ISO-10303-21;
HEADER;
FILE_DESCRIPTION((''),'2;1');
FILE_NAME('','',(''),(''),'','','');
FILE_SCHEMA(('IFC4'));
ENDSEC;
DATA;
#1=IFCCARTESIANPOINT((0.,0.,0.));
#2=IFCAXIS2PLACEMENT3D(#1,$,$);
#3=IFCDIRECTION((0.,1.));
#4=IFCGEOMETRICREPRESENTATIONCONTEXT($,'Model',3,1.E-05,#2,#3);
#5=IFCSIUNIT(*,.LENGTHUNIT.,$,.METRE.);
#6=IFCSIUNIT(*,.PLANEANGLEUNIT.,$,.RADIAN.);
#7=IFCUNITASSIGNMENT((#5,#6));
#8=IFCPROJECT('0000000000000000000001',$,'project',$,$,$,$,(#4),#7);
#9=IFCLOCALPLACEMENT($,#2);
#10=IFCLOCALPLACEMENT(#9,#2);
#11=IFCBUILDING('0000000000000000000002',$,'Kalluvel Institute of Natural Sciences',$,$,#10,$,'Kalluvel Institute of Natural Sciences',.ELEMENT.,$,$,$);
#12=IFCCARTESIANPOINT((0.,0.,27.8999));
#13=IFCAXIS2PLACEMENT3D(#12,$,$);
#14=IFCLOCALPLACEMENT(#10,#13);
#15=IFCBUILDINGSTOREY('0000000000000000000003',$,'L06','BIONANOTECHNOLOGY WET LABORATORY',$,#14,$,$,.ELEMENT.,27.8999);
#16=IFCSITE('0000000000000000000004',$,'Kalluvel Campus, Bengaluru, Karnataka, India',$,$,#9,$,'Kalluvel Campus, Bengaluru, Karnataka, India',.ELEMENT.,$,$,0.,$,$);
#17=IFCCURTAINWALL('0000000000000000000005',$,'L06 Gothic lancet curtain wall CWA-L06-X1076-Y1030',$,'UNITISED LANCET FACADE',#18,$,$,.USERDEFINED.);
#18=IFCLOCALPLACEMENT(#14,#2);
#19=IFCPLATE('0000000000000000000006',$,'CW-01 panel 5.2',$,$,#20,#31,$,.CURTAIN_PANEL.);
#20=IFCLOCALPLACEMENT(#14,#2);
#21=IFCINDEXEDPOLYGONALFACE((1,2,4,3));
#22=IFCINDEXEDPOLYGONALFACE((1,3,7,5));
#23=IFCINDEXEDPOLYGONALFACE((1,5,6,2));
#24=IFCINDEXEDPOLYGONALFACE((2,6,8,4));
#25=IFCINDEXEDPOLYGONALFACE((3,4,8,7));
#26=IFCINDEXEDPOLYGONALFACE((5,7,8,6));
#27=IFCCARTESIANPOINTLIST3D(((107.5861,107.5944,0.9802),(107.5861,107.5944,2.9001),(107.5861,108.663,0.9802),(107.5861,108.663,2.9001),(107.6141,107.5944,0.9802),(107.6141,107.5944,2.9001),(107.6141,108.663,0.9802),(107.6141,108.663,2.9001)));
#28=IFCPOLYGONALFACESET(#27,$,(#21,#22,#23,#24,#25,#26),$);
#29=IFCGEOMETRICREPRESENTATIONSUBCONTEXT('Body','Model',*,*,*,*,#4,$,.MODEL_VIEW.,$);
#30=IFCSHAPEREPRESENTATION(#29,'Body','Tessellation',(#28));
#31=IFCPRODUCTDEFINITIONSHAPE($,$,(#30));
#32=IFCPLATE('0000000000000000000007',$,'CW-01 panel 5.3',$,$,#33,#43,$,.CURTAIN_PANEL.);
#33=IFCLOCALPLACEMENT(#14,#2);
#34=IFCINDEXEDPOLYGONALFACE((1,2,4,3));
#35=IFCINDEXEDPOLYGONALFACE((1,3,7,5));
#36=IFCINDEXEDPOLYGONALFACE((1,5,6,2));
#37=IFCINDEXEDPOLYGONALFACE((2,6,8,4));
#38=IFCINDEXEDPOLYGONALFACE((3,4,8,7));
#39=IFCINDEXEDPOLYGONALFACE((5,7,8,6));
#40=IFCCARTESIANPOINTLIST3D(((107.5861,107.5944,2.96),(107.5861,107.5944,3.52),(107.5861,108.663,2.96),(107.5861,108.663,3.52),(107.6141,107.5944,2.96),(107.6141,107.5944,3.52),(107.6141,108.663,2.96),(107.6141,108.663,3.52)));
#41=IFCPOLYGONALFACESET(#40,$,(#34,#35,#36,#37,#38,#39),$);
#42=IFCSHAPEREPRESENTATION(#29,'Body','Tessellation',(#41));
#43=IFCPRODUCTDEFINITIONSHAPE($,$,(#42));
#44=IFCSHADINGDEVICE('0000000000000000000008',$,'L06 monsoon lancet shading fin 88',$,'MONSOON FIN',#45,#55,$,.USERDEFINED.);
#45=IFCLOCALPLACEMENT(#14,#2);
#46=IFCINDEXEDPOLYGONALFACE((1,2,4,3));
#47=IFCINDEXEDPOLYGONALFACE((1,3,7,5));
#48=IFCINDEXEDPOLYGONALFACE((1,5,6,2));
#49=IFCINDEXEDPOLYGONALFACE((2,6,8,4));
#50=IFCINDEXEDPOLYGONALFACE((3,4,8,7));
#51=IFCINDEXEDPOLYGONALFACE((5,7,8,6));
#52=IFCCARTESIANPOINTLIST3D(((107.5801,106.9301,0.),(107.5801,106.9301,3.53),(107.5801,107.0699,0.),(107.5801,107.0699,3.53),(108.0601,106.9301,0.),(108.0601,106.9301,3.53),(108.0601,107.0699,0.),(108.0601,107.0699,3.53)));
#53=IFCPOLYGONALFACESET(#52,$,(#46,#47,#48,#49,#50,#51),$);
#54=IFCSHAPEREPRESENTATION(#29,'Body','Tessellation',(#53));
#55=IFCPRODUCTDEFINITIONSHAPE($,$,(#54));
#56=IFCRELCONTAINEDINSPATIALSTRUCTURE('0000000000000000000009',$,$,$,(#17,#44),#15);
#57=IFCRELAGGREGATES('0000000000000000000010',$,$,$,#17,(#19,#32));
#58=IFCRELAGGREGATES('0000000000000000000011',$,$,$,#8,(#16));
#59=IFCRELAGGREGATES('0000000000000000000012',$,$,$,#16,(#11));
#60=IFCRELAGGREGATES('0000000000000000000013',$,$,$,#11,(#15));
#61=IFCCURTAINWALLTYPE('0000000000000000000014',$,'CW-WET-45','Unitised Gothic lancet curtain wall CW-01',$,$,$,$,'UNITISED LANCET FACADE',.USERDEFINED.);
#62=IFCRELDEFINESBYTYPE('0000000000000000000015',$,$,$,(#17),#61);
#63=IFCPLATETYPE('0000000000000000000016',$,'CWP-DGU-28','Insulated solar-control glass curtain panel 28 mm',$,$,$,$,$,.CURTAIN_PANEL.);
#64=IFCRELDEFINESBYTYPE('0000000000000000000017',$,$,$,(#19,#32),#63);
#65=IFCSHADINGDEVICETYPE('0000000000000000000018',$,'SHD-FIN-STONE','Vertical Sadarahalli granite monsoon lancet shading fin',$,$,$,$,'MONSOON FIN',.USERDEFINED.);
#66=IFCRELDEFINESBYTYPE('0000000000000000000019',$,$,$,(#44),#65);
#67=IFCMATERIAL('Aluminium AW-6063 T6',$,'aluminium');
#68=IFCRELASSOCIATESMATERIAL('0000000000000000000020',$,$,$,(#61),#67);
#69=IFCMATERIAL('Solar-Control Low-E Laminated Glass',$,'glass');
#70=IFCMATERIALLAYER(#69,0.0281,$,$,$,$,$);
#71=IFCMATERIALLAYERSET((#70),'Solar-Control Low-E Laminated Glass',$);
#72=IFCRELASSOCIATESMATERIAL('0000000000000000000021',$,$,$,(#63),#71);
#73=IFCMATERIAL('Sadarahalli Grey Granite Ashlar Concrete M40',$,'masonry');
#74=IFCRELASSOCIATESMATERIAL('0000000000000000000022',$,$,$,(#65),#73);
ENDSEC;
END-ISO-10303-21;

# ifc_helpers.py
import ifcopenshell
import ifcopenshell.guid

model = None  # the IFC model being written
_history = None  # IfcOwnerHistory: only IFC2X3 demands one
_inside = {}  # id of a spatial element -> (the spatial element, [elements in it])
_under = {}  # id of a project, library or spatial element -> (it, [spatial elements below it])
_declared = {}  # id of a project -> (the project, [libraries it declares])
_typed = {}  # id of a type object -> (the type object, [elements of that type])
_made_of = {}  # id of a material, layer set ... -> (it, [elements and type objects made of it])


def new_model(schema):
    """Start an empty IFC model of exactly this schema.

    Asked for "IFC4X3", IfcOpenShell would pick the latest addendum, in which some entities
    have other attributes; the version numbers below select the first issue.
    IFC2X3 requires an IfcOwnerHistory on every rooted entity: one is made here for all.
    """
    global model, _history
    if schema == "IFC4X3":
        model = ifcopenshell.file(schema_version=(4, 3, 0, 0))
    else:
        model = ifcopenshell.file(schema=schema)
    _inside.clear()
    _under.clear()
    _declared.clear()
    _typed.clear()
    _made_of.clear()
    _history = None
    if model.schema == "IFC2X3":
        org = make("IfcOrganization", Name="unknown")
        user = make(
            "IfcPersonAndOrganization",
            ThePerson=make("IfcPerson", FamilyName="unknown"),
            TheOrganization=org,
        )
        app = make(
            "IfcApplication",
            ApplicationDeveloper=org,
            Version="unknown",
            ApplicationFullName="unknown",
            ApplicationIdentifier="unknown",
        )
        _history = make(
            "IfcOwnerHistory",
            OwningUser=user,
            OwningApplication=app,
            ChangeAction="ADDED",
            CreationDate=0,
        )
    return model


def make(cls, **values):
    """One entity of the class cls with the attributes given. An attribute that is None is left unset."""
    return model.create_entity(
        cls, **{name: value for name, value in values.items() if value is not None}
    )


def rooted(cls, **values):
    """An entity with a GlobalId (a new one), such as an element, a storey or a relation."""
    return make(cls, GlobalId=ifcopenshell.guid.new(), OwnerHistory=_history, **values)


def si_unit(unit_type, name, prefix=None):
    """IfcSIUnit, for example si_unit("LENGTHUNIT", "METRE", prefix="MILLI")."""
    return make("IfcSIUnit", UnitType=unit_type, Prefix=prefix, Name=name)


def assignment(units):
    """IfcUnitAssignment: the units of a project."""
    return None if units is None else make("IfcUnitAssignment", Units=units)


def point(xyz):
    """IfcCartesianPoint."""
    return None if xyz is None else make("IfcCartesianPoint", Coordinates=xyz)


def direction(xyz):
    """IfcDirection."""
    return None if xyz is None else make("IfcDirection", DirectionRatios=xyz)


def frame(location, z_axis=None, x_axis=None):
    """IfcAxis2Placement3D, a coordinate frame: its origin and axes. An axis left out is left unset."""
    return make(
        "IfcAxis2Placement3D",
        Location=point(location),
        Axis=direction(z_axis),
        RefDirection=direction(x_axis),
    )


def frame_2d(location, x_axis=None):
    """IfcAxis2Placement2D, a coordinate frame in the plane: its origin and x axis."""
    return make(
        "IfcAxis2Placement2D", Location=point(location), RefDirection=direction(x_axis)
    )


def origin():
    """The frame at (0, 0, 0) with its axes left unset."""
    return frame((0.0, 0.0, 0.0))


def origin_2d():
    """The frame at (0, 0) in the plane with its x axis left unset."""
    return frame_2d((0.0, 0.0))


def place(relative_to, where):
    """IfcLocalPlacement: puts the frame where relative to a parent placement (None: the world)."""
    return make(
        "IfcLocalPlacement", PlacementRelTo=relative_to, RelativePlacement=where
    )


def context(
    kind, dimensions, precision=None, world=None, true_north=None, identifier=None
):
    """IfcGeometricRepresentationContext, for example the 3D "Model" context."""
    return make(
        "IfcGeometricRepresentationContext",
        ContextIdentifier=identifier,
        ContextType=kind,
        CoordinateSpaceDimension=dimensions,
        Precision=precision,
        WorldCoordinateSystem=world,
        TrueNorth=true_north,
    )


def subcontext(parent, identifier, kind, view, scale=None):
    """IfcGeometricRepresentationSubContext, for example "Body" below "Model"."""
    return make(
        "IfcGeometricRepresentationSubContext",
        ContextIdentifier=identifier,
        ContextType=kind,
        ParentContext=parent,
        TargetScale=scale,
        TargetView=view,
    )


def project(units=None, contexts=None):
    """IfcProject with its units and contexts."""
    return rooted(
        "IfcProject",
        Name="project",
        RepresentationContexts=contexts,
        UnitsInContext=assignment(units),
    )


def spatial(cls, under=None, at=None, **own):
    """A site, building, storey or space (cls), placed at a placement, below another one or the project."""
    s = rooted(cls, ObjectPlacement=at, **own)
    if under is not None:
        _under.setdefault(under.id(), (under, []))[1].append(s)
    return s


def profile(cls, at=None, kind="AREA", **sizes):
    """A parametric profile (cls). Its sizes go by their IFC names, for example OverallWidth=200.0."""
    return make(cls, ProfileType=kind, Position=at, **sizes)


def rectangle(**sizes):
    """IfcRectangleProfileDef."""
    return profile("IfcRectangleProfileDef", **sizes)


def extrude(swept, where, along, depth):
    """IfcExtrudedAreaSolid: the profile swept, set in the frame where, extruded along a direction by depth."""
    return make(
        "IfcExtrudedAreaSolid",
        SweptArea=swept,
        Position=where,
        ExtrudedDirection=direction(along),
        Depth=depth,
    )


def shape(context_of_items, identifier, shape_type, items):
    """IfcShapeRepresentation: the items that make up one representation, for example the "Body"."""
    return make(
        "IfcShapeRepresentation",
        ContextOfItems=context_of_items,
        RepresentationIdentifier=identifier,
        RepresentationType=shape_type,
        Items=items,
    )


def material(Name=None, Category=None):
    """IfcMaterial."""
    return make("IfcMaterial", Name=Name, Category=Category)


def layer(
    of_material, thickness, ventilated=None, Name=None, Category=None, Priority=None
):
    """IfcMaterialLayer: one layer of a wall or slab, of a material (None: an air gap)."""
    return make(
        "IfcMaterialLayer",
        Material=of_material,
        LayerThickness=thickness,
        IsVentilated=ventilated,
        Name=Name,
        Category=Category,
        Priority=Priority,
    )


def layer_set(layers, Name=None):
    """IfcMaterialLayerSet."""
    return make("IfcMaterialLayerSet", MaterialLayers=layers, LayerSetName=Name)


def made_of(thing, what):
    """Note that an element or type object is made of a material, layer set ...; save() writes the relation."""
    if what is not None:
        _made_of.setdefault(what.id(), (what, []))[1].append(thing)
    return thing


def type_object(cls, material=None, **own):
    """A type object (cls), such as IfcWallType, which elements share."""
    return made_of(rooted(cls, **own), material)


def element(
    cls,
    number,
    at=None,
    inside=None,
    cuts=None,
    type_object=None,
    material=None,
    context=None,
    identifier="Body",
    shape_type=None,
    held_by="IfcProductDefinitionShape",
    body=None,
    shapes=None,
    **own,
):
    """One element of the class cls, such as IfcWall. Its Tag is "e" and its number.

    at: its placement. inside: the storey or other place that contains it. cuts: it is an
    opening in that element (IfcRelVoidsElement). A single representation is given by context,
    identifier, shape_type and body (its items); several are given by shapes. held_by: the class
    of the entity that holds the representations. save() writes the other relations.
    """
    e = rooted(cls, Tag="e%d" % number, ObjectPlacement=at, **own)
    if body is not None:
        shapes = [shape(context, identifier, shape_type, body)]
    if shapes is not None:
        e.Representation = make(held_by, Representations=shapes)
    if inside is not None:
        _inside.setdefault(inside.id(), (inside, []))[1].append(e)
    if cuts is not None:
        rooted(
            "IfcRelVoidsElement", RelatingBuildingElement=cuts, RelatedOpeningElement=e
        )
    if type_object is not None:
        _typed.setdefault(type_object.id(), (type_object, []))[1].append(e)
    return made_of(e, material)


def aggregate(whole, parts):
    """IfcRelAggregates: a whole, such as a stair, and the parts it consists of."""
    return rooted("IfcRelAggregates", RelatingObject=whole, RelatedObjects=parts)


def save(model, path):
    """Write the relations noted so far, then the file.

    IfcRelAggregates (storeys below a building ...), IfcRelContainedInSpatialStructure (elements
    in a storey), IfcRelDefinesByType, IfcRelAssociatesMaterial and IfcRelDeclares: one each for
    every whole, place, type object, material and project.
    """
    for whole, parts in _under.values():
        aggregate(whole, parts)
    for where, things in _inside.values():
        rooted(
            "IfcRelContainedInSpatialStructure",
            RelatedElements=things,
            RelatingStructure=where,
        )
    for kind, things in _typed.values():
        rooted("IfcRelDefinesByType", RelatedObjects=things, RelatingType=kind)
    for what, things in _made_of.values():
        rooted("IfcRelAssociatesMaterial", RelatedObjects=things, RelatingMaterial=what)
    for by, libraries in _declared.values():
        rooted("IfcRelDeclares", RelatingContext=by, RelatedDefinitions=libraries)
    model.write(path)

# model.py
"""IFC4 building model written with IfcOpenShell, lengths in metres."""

from ifc_helpers import new_model, si_unit, direction, frame, origin, origin_2d, place, context, subcontext, project, spatial, rectangle, extrude, material, layer, layer_set, type_object, element, aggregate, save


model = new_model("IFC4")

# Units and contexts
model_context = context("Model", 3, precision=1e-05, world=origin(), true_north=direction((0.0, 1.0)))
body_context = subcontext(model_context, "Body", "Model", "MODEL_VIEW")
ifc_project = project(units=[si_unit("LENGTHUNIT", "METRE"), si_unit("PLANEANGLEUNIT", "RADIAN")], contexts=[model_context])

# Site, building, storey
site_placement = place(None, origin())
site = spatial("IfcSite", under=ifc_project, at=site_placement, Name="Kalluvel Campus, Bengaluru, Karnataka, India", LongName="Kalluvel Campus, Bengaluru, Karnataka, India", CompositionType="ELEMENT", RefElevation=0.0)
building_placement = place(site_placement, origin())
building = spatial("IfcBuilding", under=site, at=building_placement, Name="Kalluvel Institute of Natural Sciences", LongName="Kalluvel Institute of Natural Sciences", CompositionType="ELEMENT")
storey_placement = place(building_placement, frame((0.0, 0.0, 27.8999)))
storey = spatial("IfcBuildingStorey", under=building, at=storey_placement, Name="L06", Description="BIONANOTECHNOLOGY WET LABORATORY", CompositionType="ELEMENT", Elevation=27.8999)

# Curtain wall
ifc_material_1 = material(Name="Aluminium AW-6063 T6", Category="aluminium")
curtain_wall_type = type_object("IfcCurtainWallType", Name="CW-WET-45", Description="Unitised Gothic lancet curtain wall CW-01", ElementType="UNITISED LANCET FACADE", PredefinedType="USERDEFINED", material=ifc_material_1)
curtain_wall_placement = place(storey_placement, origin())
curtain_wall = element("IfcCurtainWall", 1, at=curtain_wall_placement, inside=storey, type_object=curtain_wall_type, Name="L06 Gothic lancet curtain wall CWA-L06-X1076-Y1030", ObjectType="UNITISED LANCET FACADE", PredefinedType="USERDEFINED")

# Plates
ifc_material_2 = material(Name="Solar-Control Low-E Laminated Glass", Category="glass")
ifc_layer = layer(ifc_material_2, 0.0281)
ifc_layer_set = layer_set([ifc_layer], Name="Solar-Control Low-E Laminated Glass")
plate_type = type_object("IfcPlateType", Name="CWP-DGU-28", Description="Insulated solar-control glass curtain panel 28 mm", PredefinedType="CURTAIN_PANEL", material=ifc_layer_set)
plate_1_placement = place(storey_placement, frame((107.6001, 108.1287, 0.9802), z_axis=(0.0, 0.0, 1.0), x_axis=(0.0, 1.0, 0.0)))
plate_1 = element("IfcPlate", 2, at=plate_1_placement, type_object=plate_type, Name="CW-01 panel 5.2", PredefinedType="CURTAIN_PANEL", context=body_context, shape_type="SweptSolid", body=[
    extrude(rectangle(XDim=1.0686, YDim=0.0281, at=origin_2d()), origin(), (0.0, 0.0, 1.0), 1.9199),
])
plate_2_placement = place(storey_placement, frame((107.6001, 108.1287, 2.96), z_axis=(0.0, 0.0, 1.0), x_axis=(0.0, 1.0, 0.0)))
plate_2 = element("IfcPlate", 3, at=plate_2_placement, type_object=plate_type, Name="CW-01 panel 5.3", PredefinedType="CURTAIN_PANEL", context=body_context, shape_type="SweptSolid", body=[
    extrude(rectangle(XDim=1.0686, YDim=0.0281, at=origin_2d()), origin(), (0.0, 0.0, 1.0), 0.5601),
])
aggregate(curtain_wall, [plate_1, plate_2])

# Shading device
ifc_material_3 = material(Name="Sadarahalli Grey Granite Ashlar Concrete M40", Category="masonry")
shading_device_type = type_object("IfcShadingDeviceType", Name="SHD-FIN-STONE", Description="Vertical Sadarahalli granite monsoon lancet shading fin", ElementType="MONSOON FIN", PredefinedType="USERDEFINED", material=ifc_material_3)
shading_device_placement = place(storey_placement, frame((107.8201, 107.0, 0.0), z_axis=(0.0, 0.0, 1.0), x_axis=(0.0, 1.0, 0.0)))
element("IfcShadingDevice", 4, at=shading_device_placement, inside=storey, type_object=shading_device_type, Name="L06 monsoon lancet shading fin 88", ObjectType="MONSOON FIN", PredefinedType="USERDEFINED", context=body_context, shape_type="SweptSolid", body=[
    extrude(rectangle(XDim=0.1399, YDim=0.48, at=origin_2d()), origin(), (0.0, 0.0, 1.0), 3.53),
])

save(model, "model.ifc")
